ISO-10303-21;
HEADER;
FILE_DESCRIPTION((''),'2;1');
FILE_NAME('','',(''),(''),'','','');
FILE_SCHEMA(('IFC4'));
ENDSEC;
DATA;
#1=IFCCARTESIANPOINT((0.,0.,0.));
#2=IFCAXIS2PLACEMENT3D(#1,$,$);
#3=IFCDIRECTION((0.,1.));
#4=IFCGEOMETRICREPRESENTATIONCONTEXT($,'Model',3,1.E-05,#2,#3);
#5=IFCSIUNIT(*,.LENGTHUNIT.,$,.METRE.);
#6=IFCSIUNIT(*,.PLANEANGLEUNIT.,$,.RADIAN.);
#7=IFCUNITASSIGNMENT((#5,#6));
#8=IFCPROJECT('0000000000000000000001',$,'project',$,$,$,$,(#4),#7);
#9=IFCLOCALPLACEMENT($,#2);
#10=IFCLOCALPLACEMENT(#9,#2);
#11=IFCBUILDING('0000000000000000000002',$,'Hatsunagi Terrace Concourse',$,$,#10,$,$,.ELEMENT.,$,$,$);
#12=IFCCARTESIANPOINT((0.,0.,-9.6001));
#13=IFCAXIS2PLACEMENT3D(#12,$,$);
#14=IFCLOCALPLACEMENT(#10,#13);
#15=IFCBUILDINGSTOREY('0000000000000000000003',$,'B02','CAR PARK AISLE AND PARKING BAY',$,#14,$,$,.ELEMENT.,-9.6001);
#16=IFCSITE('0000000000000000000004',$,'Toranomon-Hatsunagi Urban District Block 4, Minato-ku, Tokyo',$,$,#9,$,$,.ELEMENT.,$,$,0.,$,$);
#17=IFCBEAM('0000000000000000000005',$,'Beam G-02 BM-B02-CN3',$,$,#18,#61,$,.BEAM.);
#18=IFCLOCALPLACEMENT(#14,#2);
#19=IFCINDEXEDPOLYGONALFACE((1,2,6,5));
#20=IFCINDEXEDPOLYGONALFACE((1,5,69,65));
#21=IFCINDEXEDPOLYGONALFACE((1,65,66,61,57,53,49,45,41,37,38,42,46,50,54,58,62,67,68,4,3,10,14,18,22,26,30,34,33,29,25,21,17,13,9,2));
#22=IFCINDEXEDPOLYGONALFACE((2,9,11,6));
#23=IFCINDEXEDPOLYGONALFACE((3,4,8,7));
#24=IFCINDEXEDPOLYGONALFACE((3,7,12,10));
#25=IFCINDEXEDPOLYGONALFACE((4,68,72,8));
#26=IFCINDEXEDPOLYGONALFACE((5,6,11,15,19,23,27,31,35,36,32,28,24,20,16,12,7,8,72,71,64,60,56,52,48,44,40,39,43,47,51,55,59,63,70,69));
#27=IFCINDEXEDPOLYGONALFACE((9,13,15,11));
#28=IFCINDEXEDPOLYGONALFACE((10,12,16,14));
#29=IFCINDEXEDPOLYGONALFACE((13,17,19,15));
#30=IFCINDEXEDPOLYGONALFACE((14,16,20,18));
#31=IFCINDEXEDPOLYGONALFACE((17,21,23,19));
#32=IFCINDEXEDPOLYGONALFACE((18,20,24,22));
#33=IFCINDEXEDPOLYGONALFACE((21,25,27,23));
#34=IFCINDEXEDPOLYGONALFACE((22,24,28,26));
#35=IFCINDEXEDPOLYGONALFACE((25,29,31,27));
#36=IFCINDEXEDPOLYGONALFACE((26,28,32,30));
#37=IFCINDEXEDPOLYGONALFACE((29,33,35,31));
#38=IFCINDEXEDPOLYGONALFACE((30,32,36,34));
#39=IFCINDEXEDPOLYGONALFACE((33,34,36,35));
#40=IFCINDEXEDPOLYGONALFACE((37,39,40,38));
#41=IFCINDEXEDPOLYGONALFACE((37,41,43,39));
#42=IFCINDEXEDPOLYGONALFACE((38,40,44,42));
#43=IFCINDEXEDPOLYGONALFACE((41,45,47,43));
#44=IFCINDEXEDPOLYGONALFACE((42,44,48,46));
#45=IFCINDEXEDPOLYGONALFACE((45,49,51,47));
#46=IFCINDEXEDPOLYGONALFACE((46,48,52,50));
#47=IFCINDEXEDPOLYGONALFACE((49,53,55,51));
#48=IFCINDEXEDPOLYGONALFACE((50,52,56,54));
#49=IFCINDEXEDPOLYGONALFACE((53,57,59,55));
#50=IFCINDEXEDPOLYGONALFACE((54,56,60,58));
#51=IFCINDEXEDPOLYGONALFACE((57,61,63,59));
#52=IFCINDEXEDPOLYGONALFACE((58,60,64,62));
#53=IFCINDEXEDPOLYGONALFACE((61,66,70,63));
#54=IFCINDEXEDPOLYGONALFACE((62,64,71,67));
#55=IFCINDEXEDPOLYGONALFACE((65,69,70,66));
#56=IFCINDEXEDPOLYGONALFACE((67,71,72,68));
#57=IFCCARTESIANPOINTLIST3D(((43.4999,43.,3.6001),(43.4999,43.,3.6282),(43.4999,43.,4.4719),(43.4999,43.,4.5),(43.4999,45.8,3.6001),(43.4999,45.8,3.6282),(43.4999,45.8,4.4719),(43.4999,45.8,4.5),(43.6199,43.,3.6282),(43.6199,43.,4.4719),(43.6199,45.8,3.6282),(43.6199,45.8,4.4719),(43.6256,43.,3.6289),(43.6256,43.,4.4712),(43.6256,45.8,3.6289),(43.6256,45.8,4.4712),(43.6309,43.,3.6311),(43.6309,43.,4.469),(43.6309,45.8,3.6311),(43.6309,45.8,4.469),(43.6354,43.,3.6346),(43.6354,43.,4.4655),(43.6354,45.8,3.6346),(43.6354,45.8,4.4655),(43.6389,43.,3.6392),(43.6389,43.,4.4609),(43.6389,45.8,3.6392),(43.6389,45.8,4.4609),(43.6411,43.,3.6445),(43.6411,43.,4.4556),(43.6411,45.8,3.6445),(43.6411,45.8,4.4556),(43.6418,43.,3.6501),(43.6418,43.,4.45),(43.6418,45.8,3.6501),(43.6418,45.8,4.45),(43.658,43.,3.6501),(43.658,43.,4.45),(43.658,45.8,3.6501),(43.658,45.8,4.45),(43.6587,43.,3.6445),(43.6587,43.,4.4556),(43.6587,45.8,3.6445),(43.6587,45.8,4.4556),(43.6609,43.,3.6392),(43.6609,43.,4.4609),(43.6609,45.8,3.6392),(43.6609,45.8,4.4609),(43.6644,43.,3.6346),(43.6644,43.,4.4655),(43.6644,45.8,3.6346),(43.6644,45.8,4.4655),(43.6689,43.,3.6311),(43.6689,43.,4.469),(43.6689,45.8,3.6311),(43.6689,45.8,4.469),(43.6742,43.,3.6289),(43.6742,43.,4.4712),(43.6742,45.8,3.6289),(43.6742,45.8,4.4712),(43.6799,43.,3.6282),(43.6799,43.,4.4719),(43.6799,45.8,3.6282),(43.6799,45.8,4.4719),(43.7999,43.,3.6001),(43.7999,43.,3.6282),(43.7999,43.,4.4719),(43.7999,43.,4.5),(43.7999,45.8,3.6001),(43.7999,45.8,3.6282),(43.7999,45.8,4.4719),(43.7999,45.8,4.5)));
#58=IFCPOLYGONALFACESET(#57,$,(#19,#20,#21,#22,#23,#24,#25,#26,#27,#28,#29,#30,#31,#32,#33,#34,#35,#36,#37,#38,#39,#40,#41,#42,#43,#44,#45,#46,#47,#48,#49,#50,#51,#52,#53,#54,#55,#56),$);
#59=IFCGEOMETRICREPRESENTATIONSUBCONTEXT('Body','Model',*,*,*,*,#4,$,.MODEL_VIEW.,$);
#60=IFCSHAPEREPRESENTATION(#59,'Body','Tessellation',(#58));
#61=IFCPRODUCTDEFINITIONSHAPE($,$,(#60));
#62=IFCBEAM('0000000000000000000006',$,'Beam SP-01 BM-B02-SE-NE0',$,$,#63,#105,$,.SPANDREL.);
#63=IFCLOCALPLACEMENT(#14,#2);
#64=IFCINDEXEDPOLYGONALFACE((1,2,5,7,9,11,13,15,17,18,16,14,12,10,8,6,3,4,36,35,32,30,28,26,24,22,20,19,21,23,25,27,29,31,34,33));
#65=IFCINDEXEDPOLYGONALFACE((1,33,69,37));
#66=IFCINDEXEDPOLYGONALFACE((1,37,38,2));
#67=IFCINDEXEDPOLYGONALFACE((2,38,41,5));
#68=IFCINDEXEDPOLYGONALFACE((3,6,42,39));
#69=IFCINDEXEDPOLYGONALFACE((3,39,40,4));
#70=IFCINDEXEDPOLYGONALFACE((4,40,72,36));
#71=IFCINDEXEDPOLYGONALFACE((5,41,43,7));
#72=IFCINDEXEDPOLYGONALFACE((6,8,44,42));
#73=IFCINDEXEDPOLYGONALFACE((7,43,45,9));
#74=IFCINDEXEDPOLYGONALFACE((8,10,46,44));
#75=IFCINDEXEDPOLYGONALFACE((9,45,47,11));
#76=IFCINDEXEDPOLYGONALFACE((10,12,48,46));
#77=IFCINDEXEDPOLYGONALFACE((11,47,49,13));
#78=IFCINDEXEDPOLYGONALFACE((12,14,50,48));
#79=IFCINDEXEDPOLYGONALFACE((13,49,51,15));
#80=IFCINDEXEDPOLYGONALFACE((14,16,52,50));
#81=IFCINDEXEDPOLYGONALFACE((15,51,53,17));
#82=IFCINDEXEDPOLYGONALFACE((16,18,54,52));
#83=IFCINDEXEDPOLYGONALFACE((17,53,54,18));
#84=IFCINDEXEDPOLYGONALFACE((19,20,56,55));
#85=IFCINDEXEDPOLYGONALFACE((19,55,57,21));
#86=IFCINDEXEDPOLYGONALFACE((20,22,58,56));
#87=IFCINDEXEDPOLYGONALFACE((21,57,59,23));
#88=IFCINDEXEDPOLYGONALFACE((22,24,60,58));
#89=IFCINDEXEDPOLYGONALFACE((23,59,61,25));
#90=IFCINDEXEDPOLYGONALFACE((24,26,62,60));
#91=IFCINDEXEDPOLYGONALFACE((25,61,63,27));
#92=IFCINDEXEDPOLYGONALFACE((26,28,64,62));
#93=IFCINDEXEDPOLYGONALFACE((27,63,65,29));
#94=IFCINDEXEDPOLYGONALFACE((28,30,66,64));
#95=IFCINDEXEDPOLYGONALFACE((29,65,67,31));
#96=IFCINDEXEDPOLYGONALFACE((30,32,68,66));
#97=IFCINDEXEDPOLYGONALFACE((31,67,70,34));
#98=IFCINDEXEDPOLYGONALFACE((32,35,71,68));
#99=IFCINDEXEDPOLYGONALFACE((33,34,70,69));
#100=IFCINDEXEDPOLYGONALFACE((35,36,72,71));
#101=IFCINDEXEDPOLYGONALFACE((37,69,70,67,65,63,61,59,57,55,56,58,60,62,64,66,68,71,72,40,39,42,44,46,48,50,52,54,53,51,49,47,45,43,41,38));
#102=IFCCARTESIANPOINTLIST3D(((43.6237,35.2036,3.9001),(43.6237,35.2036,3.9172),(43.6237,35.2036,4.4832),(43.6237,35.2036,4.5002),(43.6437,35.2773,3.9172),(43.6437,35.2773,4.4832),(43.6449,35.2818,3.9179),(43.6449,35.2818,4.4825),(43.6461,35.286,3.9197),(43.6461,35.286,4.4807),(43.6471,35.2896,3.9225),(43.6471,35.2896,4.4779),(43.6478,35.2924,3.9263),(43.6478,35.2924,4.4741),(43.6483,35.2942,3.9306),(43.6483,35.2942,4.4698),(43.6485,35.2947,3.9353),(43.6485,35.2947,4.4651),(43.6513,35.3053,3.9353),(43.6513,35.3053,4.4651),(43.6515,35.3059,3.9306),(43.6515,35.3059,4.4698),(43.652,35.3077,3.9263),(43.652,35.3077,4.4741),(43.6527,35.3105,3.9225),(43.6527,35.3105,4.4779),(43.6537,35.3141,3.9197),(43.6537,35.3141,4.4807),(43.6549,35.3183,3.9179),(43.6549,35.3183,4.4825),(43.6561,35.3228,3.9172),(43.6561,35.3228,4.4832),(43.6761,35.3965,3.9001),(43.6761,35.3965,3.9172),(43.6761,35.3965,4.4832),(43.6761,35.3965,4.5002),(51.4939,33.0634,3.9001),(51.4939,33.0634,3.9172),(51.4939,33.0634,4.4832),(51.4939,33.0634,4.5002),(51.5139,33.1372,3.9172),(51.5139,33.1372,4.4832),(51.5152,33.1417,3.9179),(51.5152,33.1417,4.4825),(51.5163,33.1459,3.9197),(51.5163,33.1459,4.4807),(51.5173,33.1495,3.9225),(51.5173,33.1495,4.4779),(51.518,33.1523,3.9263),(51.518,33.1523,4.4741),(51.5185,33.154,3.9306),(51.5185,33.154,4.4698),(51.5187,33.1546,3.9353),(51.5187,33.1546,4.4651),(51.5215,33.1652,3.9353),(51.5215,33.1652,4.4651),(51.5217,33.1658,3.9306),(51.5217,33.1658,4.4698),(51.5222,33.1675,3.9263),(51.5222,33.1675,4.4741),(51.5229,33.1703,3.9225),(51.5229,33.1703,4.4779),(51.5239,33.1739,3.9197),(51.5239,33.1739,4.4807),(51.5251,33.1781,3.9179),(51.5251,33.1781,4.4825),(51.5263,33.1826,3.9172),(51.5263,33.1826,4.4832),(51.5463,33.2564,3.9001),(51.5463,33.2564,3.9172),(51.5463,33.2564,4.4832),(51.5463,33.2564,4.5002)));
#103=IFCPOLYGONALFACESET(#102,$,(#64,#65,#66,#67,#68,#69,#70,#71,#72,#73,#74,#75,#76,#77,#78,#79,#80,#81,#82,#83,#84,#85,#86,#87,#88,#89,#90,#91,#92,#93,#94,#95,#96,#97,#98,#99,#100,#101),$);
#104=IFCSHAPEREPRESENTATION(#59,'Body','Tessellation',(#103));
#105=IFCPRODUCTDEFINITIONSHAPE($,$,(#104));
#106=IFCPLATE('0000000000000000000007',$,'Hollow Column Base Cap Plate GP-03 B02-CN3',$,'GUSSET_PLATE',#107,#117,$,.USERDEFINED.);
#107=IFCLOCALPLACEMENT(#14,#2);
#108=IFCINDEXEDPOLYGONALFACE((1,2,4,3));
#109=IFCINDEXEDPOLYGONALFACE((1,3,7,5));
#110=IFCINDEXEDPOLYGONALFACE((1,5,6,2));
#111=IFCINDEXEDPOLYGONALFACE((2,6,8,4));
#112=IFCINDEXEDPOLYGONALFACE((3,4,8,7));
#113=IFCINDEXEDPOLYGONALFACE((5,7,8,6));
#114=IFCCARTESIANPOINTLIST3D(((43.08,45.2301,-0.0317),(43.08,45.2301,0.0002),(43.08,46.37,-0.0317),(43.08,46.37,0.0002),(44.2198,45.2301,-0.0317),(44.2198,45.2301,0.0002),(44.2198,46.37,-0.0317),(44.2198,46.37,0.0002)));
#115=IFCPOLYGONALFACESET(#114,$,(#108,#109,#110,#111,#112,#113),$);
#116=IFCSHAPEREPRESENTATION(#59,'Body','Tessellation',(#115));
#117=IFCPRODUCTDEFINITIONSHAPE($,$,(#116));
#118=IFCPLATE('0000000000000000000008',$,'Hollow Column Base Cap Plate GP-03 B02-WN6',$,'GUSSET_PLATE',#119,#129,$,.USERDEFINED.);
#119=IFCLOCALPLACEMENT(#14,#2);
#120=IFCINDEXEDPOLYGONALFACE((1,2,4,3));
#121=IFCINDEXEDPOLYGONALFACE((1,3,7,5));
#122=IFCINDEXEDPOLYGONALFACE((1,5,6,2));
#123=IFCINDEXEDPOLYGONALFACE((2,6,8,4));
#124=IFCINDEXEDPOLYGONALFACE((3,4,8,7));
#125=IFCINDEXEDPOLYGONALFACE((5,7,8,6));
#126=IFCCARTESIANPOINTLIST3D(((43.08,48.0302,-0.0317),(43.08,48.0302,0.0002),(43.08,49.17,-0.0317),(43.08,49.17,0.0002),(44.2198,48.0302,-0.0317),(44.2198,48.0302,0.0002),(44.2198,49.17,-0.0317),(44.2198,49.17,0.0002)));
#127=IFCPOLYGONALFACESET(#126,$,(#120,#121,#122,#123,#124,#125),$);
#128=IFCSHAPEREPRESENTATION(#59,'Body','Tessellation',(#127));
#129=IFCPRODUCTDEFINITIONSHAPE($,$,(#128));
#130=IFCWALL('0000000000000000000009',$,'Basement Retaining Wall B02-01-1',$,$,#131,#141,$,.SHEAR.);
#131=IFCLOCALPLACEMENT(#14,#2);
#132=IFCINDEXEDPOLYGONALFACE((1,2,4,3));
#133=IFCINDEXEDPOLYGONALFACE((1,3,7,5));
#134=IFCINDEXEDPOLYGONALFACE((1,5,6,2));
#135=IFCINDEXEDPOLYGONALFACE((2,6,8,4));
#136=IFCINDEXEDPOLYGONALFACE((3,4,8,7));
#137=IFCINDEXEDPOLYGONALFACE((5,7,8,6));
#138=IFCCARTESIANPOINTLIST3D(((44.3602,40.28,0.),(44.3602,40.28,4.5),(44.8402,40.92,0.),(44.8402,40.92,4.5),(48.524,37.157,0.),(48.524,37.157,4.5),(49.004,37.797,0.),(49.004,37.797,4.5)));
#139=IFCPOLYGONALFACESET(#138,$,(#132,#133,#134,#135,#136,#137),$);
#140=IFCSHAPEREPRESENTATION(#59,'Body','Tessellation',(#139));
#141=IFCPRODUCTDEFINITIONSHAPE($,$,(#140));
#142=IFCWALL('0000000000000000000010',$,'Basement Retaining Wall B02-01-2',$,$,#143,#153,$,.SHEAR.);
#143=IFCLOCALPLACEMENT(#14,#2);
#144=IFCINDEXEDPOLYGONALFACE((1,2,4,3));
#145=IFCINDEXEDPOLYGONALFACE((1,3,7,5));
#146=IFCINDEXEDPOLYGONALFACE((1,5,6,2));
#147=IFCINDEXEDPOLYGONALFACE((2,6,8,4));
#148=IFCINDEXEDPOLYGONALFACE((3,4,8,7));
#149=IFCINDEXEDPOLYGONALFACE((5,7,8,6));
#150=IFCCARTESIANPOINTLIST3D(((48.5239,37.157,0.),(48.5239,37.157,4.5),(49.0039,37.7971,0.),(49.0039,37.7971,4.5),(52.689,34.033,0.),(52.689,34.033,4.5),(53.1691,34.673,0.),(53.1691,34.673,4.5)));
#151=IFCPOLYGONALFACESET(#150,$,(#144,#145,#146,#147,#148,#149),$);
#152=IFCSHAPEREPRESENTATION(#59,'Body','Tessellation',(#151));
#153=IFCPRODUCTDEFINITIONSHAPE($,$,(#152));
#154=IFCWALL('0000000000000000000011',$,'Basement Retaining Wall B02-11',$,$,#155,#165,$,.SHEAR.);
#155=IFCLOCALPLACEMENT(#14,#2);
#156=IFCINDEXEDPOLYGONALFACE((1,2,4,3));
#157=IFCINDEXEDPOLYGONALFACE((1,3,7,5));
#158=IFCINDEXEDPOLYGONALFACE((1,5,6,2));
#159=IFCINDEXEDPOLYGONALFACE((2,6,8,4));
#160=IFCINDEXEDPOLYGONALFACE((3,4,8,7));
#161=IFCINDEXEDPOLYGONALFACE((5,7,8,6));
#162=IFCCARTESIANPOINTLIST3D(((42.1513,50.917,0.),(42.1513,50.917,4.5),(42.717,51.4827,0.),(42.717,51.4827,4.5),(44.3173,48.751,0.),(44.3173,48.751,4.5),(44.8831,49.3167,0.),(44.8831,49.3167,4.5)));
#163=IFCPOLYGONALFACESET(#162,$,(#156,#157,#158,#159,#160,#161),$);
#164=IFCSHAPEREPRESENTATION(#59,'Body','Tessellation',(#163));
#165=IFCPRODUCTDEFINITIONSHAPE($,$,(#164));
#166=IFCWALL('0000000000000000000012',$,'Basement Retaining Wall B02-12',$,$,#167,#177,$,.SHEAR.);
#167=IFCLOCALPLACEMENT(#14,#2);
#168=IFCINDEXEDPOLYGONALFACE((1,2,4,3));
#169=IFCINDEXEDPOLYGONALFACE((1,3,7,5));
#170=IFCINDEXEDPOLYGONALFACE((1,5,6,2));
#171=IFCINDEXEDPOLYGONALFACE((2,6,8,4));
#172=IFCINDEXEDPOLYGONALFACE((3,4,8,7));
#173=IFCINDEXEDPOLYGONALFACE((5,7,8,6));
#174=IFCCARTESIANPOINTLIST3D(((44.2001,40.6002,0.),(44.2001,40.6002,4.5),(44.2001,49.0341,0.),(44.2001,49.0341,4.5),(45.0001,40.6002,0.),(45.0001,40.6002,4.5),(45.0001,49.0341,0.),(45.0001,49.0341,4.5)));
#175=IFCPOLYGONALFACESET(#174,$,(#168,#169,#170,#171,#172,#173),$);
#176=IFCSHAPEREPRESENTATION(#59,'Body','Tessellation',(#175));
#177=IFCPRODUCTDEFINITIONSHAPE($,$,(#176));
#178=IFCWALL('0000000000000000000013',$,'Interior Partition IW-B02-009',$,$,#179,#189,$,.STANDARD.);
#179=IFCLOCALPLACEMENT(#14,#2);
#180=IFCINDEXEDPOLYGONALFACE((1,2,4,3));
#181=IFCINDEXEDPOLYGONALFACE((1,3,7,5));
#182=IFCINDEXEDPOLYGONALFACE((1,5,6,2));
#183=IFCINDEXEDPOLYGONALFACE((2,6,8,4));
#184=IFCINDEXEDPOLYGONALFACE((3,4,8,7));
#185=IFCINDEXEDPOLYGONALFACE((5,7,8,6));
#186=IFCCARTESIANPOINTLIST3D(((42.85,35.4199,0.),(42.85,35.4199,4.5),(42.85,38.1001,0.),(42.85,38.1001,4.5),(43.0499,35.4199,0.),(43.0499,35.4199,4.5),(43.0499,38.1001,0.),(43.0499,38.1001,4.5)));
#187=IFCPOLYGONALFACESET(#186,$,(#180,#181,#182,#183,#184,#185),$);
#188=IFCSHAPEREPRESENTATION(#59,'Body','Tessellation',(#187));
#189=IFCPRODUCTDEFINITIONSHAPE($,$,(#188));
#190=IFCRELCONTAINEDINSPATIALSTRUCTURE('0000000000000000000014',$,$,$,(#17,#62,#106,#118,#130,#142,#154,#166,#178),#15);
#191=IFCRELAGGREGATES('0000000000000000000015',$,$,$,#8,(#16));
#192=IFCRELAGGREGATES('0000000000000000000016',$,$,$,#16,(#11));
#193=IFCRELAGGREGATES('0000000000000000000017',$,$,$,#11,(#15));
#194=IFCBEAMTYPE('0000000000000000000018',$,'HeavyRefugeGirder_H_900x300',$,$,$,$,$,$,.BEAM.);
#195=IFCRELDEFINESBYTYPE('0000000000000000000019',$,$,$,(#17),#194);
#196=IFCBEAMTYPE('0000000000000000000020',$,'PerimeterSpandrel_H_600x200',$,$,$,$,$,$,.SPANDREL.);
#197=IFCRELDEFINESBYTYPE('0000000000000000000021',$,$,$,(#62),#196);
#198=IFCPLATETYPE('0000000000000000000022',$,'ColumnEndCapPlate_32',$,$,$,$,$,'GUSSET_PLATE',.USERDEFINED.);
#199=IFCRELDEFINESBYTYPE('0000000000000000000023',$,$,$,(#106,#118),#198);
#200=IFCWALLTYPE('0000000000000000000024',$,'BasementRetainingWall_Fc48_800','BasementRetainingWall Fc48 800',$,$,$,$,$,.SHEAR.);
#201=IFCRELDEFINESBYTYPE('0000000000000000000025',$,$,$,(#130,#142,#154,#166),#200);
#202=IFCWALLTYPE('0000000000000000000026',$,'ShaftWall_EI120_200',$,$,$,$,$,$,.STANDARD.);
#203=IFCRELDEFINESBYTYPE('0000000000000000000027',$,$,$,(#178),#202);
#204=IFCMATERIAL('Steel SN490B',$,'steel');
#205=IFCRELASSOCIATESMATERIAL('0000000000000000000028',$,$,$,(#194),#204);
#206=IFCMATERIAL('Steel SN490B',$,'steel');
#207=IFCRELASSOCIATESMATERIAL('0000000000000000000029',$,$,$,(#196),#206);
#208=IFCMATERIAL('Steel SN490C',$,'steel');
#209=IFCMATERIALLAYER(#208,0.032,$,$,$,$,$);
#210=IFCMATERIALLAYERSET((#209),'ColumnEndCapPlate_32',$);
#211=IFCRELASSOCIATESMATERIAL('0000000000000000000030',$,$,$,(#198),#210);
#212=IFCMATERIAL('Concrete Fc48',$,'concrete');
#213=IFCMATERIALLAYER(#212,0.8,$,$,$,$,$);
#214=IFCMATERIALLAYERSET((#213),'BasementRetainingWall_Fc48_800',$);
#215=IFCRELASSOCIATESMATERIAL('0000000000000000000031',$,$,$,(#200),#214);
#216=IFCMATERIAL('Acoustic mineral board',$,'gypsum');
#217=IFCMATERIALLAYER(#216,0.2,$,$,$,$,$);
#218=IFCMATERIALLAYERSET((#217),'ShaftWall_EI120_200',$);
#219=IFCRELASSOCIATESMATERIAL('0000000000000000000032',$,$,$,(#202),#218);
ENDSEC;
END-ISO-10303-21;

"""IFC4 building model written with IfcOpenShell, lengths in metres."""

from ifc_helpers import new_model, si_unit, direction, frame, frame_2d, origin, origin_2d, place, context, subcontext, project, spatial, rectangle, i_section, extrude, material, layer, layer_set, material_profile, profile_set, type_object, element, save


model = new_model("IFC4")

# Units and contexts
model_context = context("Model", 3, precision=1e-05, world=origin(), true_north=direction((0.0, 1.0)))
body_context = subcontext(model_context, "Body", "Model", "MODEL_VIEW")
ifc_project = project(units=[si_unit("LENGTHUNIT", "METRE"), si_unit("PLANEANGLEUNIT", "RADIAN")], contexts=[model_context])

# Site, building, storey
site_placement = place(None, origin())
site = spatial("IfcSite", under=ifc_project, at=site_placement, Name="Toranomon-Hatsunagi Urban District Block 4, Minato-ku, Tokyo", CompositionType="ELEMENT", RefElevation=0.0)
building_placement = place(site_placement, origin())
building = spatial("IfcBuilding", under=site, at=building_placement, Name="Hatsunagi Terrace Concourse", CompositionType="ELEMENT")
storey_placement = place(building_placement, frame((0.0, 0.0, -9.6001)))
storey = spatial("IfcBuildingStorey", under=building, at=storey_placement, Name="B02", Description="CAR PARK AISLE AND PARKING BAY", CompositionType="ELEMENT", Elevation=-9.6001)

# Beams
ifc_material_1 = material(Name="Steel SN490B", Category="steel")
ifc_material_profile_1 = material_profile(ifc_material_1, i_section(OverallWidth=0.3, OverallDepth=0.8999, WebThickness=0.0161, FlangeThickness=0.0281, FilletRadius=0.022, at=origin_2d()), Name="H-900x300x16x28")
ifc_profile_set_1 = profile_set([ifc_material_profile_1], Name="Steel SN490B")
beam_type_1 = type_object("IfcBeamType", Name="HeavyRefugeGirder_H_900x300", PredefinedType="BEAM", material=ifc_profile_set_1)
beam_1_placement = place(storey_placement, frame((43.6499, 43.0, 4.05), z_axis=(0.0, 1.0, 0.0), x_axis=(-1.0, 0.0, 0.0)))
element("IfcBeam", 1, at=beam_1_placement, inside=storey, type_object=beam_type_1, Name="Beam G-02 BM-B02-CN3", PredefinedType="BEAM", context=body_context, shape_type="SweptSolid", body=[
    extrude(i_section(OverallWidth=0.3, OverallDepth=0.8999, WebThickness=0.0161, FlangeThickness=0.0281, FilletRadius=0.022, at=origin_2d()), origin(), (0.0, 0.0, 1.0), 2.8),
])
ifc_material_2 = material(Name="Steel SN490B", Category="steel")
ifc_material_profile_2 = material_profile(ifc_material_2, i_section(OverallWidth=0.2, OverallDepth=0.6001, WebThickness=0.011, FlangeThickness=0.0171, FilletRadius=0.0181, at=origin_2d()), Name="H-600x200x11x17")
ifc_profile_set_2 = profile_set([ifc_material_profile_2], Name="Steel SN490B")
beam_type_2 = type_object("IfcBeamType", Name="PerimeterSpandrel_H_600x200", PredefinedType="SPANDREL", material=ifc_profile_set_2)
beam_2_placement = place(storey_placement, frame((43.6499, 35.3, 4.2002), z_axis=(0.964958, -0.262403, 0.0), x_axis=(0.262403, 0.964958, 0.0)))
element("IfcBeam", 2, at=beam_2_placement, inside=storey, type_object=beam_type_2, Name="Beam SP-01 BM-B02-SE-NE0", PredefinedType="SPANDREL", context=body_context, shape_type="SweptSolid", body=[
    extrude(i_section(OverallWidth=0.2, OverallDepth=0.6001, WebThickness=0.011, FlangeThickness=0.0171, FilletRadius=0.0181, at=origin_2d()), origin(), (0.0, 0.0, 1.0), 8.156),
])

# Plates
ifc_material_3 = material(Name="Steel SN490C", Category="steel")
ifc_layer_1 = layer(ifc_material_3, 0.032)
ifc_layer_set_1 = layer_set([ifc_layer_1], Name="ColumnEndCapPlate_32")
plate_type = type_object("IfcPlateType", Name="ColumnEndCapPlate_32", ElementType="GUSSET_PLATE", PredefinedType="USERDEFINED", material=ifc_layer_set_1)
for number, where, z_axis, x_axis, name in (
    (3, (43.6499, 45.8, -0.0317), (0.0, 0.0, 1.0), (1.0, 0.0, 0.0), "Hollow Column Base Cap Plate GP-03 B02-CN3"),
    (4, (43.6499, 48.6001, -0.0317), (0.0, 0.0, 1.0), (1.0, 0.0, 0.0), "Hollow Column Base Cap Plate GP-03 B02-WN6"),
):
    element("IfcPlate", number, at=place(storey_placement, frame(where, z_axis=z_axis, x_axis=x_axis)), inside=storey, type_object=plate_type, Name=name, ObjectType="GUSSET_PLATE", PredefinedType="USERDEFINED", context=body_context, shape_type="SweptSolid", body=[
        extrude(rectangle(XDim=1.1399, YDim=1.1399, at=origin_2d()), origin(), (0.0, 0.0, 1.0), 0.032),
    ])

# Walls
ifc_material_4 = material(Name="Concrete Fc48", Category="concrete")
ifc_layer_2 = layer(ifc_material_4, 0.8)
ifc_layer_set_2 = layer_set([ifc_layer_2], Name="BasementRetainingWall_Fc48_800")
wall_type_1 = type_object("IfcWallType", Name="BasementRetainingWall_Fc48_800", Description="BasementRetainingWall Fc48 800", PredefinedType="SHEAR", material=ifc_layer_set_2)
wall_1_placement = place(storey_placement, frame((44.6001, 40.6001, 0.0), z_axis=(0.0, 0.0, 1.0), x_axis=(0.799983, -0.600023, 0.0)))
element("IfcWall", 5, at=wall_1_placement, inside=storey, type_object=wall_type_1, Name="Basement Retaining Wall B02-01-1", PredefinedType="SHEAR", context=body_context, shape_type="SweptSolid", body=[
    extrude(rectangle(XDim=5.2048, YDim=0.8, at=frame_2d((2.6025, 0.0))), origin(), (0.0, 0.0, 1.0), 4.5),
])
wall_2_placement = place(storey_placement, frame((48.7639, 37.4771, 0.0), z_axis=(0.0, 0.0, 1.0), x_axis=(0.799977, -0.60003, 0.0)))
element("IfcWall", 6, at=wall_2_placement, inside=storey, type_object=wall_type_1, Name="Basement Retaining Wall B02-01-2", PredefinedType="SHEAR", context=body_context, shape_type="SweptSolid", body=[
    extrude(rectangle(XDim=5.2065, YDim=0.8, at=frame_2d((2.6033, 0.0))), origin(), (0.0, 0.0, 1.0), 4.5),
])
wall_3_placement = place(storey_placement, frame((42.4341, 51.2, 0.0), z_axis=(0.0, 0.0, 1.0), x_axis=(0.707107, -0.707107, 0.0)))
element("IfcWall", 7, at=wall_3_placement, inside=storey, type_object=wall_type_1, Name="Basement Retaining Wall B02-11", PredefinedType="SHEAR", context=body_context, shape_type="SweptSolid", body=[
    extrude(rectangle(XDim=3.0632, YDim=0.8, at=frame_2d((1.5317, 0.0))), origin(), (0.0, 0.0, 1.0), 4.5),
])
wall_4_placement = place(storey_placement, frame((44.6001, 49.0339, 0.0), z_axis=(0.0, 0.0, 1.0), x_axis=(0.0, -1.0, 0.0)))
element("IfcWall", 8, at=wall_4_placement, inside=storey, type_object=wall_type_1, Name="Basement Retaining Wall B02-12", PredefinedType="SHEAR", context=body_context, shape_type="SweptSolid", body=[
    extrude(rectangle(XDim=8.4338, YDim=0.8, at=frame_2d((4.2168, 0.0))), origin(), (0.0, 0.0, 1.0), 4.5),
])
ifc_material_5 = material(Name="Acoustic mineral board", Category="gypsum")
ifc_layer_3 = layer(ifc_material_5, 0.2)
ifc_layer_set_3 = layer_set([ifc_layer_3], Name="ShaftWall_EI120_200")
wall_type_2 = type_object("IfcWallType", Name="ShaftWall_EI120_200", PredefinedType="STANDARD", material=ifc_layer_set_3)
wall_5_placement = place(storey_placement, frame((42.95, 35.4199, 0.0), z_axis=(0.0, 0.0, 1.0), x_axis=(0.0, 1.0, 0.0)))
element("IfcWall", 9, at=wall_5_placement, inside=storey, type_object=wall_type_2, Name="Interior Partition IW-B02-009", PredefinedType="STANDARD", context=body_context, shape_type="SweptSolid", body=[
    extrude(rectangle(XDim=2.6802, YDim=0.2, at=frame_2d((1.3401, 0.0))), origin(), (0.0, 0.0, 1.0), 4.5),
])

save(model, "model.ifc")
